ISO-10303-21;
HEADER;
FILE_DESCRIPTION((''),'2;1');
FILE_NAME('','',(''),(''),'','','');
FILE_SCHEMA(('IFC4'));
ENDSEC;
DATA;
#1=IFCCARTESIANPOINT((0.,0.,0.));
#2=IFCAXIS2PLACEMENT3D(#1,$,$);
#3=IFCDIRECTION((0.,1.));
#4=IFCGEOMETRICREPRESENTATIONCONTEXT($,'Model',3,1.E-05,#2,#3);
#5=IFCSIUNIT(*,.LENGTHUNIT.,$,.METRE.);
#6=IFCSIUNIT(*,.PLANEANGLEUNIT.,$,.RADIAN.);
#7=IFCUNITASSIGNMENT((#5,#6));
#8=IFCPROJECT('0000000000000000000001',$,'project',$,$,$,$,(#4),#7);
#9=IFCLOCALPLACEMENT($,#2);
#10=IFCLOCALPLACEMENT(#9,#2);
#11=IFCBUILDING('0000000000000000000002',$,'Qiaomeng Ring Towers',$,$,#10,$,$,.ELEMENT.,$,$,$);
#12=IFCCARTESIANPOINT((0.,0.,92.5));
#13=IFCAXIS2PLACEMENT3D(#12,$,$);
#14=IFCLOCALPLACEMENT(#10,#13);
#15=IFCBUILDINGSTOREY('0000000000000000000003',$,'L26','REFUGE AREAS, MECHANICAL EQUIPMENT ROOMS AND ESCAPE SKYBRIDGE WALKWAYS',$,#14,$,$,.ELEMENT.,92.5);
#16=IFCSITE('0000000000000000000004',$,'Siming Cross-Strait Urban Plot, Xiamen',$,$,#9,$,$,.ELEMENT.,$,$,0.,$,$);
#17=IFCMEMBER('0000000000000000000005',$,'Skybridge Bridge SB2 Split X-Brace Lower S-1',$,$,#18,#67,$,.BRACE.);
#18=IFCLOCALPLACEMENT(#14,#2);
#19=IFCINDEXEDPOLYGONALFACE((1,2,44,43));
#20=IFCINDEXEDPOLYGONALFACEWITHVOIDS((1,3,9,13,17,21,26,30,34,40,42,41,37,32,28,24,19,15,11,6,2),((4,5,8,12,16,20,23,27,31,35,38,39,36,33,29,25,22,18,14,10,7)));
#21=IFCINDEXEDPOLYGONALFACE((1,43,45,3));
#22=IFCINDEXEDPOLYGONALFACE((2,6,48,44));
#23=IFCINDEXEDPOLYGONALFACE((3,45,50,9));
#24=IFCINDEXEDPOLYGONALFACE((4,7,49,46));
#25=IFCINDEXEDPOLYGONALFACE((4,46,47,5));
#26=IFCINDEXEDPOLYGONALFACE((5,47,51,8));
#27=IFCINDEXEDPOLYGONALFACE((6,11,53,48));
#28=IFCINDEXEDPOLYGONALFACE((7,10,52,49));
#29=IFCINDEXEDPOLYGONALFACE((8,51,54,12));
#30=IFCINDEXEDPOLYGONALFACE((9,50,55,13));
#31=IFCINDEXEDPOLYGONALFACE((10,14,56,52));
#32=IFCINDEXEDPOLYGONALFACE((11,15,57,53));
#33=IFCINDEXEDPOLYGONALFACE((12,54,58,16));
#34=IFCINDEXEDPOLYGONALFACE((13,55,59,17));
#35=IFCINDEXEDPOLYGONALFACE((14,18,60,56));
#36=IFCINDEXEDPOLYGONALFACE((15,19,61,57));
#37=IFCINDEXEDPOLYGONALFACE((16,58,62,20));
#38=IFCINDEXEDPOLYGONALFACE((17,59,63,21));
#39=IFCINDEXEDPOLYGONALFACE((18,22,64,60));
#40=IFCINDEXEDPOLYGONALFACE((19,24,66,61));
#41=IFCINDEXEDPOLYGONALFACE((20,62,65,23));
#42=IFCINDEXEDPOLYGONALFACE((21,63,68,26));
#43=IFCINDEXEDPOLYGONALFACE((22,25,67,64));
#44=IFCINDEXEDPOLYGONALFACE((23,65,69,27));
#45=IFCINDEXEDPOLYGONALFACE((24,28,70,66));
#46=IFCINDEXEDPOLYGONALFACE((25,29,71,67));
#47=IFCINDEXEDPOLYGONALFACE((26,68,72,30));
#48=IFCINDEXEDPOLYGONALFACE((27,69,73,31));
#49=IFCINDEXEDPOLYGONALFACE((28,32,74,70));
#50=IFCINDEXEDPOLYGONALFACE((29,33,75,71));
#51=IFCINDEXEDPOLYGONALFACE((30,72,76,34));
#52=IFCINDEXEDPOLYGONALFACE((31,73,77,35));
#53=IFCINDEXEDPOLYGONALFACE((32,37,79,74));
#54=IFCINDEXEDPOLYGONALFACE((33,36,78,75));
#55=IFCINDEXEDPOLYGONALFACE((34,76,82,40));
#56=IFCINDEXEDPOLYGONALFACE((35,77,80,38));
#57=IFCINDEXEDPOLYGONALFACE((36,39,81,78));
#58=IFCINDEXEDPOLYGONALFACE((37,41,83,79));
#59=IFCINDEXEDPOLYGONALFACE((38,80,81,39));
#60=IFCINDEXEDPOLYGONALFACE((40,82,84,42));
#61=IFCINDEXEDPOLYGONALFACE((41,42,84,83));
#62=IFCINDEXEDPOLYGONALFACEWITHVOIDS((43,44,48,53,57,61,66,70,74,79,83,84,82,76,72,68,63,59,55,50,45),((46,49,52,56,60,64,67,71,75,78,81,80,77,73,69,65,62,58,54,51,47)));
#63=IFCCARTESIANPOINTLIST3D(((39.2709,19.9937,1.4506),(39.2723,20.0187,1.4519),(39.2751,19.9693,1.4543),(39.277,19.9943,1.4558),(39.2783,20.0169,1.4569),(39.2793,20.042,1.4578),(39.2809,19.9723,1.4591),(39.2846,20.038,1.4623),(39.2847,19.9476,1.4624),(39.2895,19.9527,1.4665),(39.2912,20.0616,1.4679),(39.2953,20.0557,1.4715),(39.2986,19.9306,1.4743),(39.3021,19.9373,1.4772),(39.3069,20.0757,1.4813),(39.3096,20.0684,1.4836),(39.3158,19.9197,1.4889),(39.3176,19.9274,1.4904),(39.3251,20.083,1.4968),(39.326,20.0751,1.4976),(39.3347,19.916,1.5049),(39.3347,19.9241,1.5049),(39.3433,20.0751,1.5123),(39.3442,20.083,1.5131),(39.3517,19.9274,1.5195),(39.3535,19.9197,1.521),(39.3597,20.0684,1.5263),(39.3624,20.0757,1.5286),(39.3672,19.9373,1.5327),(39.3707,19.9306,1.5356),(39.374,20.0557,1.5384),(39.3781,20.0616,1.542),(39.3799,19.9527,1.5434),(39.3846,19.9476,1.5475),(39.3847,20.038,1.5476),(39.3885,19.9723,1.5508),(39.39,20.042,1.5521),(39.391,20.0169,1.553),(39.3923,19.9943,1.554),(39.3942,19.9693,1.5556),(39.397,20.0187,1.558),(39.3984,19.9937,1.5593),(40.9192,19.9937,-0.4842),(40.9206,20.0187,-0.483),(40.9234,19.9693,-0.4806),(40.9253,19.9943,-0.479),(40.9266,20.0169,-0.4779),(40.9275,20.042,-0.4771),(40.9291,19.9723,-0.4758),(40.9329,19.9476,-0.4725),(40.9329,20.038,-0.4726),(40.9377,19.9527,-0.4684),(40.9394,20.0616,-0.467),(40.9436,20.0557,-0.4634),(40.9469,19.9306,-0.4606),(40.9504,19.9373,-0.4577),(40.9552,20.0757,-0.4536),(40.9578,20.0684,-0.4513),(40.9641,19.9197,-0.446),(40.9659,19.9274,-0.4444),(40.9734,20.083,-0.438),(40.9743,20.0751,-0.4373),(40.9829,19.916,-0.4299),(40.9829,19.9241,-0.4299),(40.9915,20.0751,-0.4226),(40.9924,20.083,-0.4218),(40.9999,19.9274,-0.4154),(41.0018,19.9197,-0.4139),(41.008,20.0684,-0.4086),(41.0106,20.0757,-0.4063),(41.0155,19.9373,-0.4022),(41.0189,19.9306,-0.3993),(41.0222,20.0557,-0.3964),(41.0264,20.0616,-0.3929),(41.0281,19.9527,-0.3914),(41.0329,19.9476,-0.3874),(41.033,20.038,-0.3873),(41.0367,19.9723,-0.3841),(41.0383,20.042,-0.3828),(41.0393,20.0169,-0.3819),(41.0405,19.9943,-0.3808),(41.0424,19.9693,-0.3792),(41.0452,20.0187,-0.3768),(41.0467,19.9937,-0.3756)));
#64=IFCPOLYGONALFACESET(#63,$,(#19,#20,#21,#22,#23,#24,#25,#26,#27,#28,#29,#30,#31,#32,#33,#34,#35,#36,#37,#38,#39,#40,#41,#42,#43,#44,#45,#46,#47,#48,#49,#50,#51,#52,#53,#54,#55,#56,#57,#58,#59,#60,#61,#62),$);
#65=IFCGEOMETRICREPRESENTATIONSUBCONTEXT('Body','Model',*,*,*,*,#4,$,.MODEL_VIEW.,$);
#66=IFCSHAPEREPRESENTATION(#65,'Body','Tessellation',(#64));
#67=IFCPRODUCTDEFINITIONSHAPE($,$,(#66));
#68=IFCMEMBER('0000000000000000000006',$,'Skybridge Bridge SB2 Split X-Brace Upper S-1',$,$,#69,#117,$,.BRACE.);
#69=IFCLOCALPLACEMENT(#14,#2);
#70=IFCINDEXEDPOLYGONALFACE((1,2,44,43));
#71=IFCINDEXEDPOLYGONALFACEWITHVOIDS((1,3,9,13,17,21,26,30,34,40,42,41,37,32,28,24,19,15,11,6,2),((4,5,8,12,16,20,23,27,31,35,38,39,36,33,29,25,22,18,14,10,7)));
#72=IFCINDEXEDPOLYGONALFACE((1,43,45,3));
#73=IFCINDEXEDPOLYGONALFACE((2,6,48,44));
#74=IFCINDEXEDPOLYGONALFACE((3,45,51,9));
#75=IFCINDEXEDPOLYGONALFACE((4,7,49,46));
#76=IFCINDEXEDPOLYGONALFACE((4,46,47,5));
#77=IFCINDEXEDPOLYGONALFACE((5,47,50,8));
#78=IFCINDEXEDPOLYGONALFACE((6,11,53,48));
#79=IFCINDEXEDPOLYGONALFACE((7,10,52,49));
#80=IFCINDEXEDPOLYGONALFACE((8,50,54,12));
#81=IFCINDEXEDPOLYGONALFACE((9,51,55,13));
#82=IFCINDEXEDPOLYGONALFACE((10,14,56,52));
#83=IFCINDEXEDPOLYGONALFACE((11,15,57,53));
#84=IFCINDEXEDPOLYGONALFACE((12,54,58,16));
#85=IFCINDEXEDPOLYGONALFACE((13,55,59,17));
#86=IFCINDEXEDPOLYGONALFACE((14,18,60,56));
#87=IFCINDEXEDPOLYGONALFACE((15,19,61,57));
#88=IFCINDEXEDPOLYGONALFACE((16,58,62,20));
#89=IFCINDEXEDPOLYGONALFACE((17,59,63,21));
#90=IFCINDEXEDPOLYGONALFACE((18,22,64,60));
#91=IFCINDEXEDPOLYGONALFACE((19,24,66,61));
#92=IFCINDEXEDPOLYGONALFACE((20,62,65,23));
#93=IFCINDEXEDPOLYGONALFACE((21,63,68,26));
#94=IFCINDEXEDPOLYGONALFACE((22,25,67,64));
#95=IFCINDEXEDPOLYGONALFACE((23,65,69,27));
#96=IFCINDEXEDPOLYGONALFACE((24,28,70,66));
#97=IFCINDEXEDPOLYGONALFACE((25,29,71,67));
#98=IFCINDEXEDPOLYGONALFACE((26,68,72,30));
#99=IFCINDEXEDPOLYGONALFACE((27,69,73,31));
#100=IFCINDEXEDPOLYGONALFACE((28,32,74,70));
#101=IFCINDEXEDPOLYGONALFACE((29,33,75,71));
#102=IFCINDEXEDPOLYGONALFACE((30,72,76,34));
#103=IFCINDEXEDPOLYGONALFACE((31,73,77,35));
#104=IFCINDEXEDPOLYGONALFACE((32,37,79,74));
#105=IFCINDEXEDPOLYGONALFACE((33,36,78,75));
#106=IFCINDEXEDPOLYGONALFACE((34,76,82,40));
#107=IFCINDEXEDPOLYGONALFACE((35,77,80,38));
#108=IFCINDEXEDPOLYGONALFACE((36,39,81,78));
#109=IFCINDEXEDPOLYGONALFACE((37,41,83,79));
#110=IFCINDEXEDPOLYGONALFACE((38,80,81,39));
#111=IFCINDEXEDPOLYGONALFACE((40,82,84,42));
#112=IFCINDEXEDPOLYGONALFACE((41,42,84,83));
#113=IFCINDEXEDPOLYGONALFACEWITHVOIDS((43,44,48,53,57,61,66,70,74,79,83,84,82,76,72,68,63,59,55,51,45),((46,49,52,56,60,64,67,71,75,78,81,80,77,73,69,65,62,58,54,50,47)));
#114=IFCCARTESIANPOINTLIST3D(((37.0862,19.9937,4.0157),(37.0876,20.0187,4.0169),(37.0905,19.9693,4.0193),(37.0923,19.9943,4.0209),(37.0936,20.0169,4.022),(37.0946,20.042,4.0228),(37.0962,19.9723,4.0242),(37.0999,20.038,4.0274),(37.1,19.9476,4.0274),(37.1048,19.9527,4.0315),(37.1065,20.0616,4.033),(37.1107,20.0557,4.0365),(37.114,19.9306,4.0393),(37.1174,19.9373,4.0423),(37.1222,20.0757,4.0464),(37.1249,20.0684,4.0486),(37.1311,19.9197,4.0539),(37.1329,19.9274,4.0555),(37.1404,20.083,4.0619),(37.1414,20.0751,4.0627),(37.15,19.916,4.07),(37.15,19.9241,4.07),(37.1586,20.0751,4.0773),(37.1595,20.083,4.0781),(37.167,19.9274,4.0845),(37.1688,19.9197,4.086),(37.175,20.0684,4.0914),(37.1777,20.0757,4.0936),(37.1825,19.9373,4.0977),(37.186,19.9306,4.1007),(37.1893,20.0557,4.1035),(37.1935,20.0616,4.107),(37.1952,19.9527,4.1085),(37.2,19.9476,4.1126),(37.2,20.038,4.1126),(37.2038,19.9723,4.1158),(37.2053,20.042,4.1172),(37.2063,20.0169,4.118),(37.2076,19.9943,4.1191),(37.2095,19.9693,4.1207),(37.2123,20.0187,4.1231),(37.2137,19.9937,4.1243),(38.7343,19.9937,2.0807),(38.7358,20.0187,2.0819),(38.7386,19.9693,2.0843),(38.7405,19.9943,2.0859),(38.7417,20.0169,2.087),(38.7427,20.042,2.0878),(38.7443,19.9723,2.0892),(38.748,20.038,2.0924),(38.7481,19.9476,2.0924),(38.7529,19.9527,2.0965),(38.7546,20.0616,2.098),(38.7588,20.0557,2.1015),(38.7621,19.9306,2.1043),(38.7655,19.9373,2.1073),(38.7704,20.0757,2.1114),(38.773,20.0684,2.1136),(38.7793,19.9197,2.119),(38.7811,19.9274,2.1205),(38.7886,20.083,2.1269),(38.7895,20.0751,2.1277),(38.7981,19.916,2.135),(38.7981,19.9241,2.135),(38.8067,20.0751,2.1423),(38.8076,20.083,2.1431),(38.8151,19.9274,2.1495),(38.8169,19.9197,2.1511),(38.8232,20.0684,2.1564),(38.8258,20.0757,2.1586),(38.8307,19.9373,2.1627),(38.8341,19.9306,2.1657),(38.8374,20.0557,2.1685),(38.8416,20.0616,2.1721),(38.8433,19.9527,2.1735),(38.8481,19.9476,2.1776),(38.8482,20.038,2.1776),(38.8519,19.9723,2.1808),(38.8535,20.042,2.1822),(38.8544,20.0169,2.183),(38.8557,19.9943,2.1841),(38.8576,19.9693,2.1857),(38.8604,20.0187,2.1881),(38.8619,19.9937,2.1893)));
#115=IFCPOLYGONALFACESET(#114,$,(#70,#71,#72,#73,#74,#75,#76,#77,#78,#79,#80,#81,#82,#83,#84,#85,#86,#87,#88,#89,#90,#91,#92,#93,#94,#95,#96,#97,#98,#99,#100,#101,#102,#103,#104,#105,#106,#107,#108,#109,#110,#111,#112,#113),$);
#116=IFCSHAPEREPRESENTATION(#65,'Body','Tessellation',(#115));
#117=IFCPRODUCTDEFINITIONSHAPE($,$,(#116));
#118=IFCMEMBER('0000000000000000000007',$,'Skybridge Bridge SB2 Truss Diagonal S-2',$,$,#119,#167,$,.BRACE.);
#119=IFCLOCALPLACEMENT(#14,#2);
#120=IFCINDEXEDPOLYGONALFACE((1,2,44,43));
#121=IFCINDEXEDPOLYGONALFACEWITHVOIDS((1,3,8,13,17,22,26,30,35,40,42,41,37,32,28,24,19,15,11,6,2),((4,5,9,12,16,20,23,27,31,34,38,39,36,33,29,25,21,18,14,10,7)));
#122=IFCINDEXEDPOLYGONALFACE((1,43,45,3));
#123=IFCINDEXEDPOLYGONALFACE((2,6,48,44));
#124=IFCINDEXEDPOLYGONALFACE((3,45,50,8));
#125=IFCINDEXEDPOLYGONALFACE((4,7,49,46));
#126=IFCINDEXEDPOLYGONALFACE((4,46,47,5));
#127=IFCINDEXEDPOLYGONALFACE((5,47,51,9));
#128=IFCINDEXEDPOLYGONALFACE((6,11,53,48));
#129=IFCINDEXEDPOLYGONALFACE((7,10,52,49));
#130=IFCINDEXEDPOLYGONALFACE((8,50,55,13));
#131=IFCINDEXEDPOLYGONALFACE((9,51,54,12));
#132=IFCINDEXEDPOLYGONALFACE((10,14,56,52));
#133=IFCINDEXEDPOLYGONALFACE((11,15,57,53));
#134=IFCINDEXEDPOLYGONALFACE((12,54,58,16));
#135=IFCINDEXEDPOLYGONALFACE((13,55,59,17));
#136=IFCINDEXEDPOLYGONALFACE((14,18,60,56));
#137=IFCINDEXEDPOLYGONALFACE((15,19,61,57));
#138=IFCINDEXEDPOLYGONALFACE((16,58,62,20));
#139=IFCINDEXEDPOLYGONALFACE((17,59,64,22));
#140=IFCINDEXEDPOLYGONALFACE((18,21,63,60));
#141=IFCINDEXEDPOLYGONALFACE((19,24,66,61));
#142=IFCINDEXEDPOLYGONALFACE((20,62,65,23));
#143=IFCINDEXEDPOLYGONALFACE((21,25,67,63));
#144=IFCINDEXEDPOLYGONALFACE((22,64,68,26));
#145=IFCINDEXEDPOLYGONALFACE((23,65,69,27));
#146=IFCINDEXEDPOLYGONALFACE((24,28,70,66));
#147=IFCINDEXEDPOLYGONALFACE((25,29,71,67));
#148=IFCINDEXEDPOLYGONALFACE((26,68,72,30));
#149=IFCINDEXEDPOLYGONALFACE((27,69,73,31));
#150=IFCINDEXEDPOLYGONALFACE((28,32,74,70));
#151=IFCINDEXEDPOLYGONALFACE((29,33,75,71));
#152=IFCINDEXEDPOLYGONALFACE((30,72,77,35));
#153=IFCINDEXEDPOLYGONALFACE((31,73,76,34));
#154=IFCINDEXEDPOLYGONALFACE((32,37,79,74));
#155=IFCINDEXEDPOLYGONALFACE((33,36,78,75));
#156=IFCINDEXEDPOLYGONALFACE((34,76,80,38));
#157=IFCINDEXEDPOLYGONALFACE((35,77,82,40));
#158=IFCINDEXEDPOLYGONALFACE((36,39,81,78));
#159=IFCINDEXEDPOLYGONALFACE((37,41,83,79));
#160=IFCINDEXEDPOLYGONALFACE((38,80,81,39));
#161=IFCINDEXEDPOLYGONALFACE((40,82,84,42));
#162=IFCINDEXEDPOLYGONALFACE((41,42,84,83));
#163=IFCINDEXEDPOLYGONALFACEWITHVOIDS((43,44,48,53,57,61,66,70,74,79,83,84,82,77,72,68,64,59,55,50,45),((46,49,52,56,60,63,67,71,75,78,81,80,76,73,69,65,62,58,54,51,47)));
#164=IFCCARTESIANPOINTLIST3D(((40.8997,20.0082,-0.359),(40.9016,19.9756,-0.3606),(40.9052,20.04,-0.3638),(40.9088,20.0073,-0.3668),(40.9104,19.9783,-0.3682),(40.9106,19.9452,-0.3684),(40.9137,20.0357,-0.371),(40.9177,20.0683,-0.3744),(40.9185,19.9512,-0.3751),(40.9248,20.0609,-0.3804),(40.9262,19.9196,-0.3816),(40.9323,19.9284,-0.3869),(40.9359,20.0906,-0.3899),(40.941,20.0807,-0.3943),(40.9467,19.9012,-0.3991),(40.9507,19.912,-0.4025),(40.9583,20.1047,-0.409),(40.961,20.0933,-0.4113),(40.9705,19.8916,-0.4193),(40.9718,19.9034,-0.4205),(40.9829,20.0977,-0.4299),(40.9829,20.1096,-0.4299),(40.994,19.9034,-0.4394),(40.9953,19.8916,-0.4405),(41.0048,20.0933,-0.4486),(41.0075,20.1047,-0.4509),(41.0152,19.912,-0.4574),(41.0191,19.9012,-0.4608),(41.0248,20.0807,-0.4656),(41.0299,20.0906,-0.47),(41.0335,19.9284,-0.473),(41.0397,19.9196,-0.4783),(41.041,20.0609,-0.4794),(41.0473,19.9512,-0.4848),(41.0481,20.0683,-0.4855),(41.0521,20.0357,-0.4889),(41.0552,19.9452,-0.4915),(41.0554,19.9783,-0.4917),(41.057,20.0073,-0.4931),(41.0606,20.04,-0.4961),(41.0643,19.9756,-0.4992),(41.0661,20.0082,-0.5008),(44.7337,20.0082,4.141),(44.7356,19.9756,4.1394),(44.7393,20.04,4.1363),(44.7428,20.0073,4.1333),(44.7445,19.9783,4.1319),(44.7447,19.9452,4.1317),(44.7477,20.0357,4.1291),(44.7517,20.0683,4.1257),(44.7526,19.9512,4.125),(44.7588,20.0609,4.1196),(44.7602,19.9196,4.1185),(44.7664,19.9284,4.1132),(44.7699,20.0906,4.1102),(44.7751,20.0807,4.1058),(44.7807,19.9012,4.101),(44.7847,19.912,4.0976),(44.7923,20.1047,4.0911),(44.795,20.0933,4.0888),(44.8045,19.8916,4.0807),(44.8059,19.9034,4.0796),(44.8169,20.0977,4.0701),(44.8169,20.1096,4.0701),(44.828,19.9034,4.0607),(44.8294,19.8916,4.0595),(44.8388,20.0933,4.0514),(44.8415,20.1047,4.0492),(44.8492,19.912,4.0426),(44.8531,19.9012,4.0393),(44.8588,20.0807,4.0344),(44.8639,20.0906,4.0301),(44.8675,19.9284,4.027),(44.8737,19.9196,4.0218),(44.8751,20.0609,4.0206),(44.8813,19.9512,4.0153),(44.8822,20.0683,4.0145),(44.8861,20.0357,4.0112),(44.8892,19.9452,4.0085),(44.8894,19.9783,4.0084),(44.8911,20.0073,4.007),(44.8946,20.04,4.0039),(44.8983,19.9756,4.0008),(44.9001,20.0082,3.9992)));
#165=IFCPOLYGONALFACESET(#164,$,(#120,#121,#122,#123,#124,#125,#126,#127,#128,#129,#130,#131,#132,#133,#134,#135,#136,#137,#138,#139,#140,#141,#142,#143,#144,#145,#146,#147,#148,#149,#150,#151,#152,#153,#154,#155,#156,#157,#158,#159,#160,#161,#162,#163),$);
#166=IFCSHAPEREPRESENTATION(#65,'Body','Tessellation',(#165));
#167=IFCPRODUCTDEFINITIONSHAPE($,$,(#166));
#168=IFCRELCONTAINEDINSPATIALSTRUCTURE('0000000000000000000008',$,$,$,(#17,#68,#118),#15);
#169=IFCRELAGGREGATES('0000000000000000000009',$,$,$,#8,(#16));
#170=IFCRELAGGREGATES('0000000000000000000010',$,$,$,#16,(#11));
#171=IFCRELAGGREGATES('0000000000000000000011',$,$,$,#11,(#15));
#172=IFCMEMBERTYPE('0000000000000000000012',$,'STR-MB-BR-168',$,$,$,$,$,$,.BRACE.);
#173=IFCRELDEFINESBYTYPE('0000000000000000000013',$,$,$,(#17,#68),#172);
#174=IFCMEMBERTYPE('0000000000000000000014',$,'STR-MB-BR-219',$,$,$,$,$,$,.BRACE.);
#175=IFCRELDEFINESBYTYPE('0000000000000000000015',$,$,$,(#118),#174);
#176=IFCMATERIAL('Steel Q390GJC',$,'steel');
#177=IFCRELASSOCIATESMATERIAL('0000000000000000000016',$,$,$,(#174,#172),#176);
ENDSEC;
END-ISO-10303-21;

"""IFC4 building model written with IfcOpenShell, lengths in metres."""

from ifc_helpers import new_model, si_unit, direction, frame, origin, origin_2d, place, context, subcontext, project, spatial, hollow_circle, extrude, source, transform, mapped, material, material_profile, profile_set, type_object, element, save


model = new_model("IFC4")

# Units and contexts
model_context = context("Model", 3, precision=1e-05, world=origin(), true_north=direction((0.0, 1.0)))
body_context = subcontext(model_context, "Body", "Model", "MODEL_VIEW")
ifc_project = project(units=[si_unit("LENGTHUNIT", "METRE"), si_unit("PLANEANGLEUNIT", "RADIAN")], contexts=[model_context])

# Site, building, storey
site_placement = place(None, origin())
site = spatial("IfcSite", under=ifc_project, at=site_placement, Name="Siming Cross-Strait Urban Plot, Xiamen", CompositionType="ELEMENT", RefElevation=0.0)
building_placement = place(site_placement, origin())
building = spatial("IfcBuilding", under=site, at=building_placement, Name="Qiaomeng Ring Towers", CompositionType="ELEMENT")
storey_placement = place(building_placement, frame((0.0, 0.0, 92.5)))
storey = spatial("IfcBuildingStorey", under=building, at=storey_placement, Name="L26", Description="REFUGE AREAS, MECHANICAL EQUIPMENT ROOMS AND ESCAPE SKYBRIDGE WALKWAYS", CompositionType="ELEMENT", Elevation=92.5)

# Shared definitions
ifc_material_1 = material(Name="Steel Q390GJC", Category="steel")

# Members
ifc_material_profile_1 = material_profile(ifc_material_1, hollow_circle(Radius=0.1096, WallThickness=0.012, at=origin_2d()), Name="CHS 219x12")
ifc_profile_set_1 = profile_set([ifc_material_profile_1], Name="Steel Q390GJC")
member_type_1 = type_object("IfcMemberType", Name="STR-MB-BR-219", PredefinedType="BRACE", material=ifc_profile_set_1)
ifc_material_profile_2 = material_profile(ifc_material_1, hollow_circle(Radius=0.084, WallThickness=0.0081, at=origin_2d()), Name="CHS 168x8")
ifc_profile_set_2 = profile_set([ifc_material_profile_2], Name="Steel Q390GJC")
member_type_2 = type_object("IfcMemberType", Name="STR-MB-BR-168", PredefinedType="BRACE", material=ifc_profile_set_2)
shared_shape_1 = source(origin(), body_context, "Body", "SweptSolid", [
    extrude(hollow_circle(Radius=0.084, WallThickness=0.0081, at=origin_2d()), origin(), (0.0, 0.0, 1.0), 2.5417),
])
for number, where, z_axis, x_axis, name in (
    (1, (40.9829, 20.0, -0.4299), (-0.648471, 0.0, 0.76124), (0.0, -1.0, 0.0), "Skybridge Bridge SB2 Split X-Brace Lower S-1"),
    (2, (38.7981, 20.0, 2.135), (-0.648423, 0.0, 0.76128), (0.0, -1.0, 0.0), "Skybridge Bridge SB2 Split X-Brace Upper S-1"),
):
    element("IfcMember", number, at=place(storey_placement, frame(where, z_axis=z_axis, x_axis=x_axis)), inside=storey, type_object=member_type_2, Name=name, PredefinedType="BRACE", context=body_context, shape_type="MappedRepresentation", body=[
        mapped(shared_shape_1, transform((0.0, 0.0, 0.0), x_axis=(1.0, 0.0, 0.0), y_axis=(0.0, 1.0, 0.0), z_axis=(0.0, 0.0, 1.0), scale=1.0)),
    ])
shared_shape_2 = source(origin(), body_context, "Body", "SweptSolid", [
    extrude(hollow_circle(Radius=0.1096, WallThickness=0.012, at=origin_2d()), origin(), (0.0, 0.0, 1.0), 5.9119),
])
member_1_placement = place(storey_placement, frame((40.9829, 20.0, -0.4299), z_axis=(0.64853, 0.0, 0.761189), x_axis=(0.0, 1.0, 0.0)))
element("IfcMember", 3, at=member_1_placement, inside=storey, type_object=member_type_1, Name="Skybridge Bridge SB2 Truss Diagonal S-2", PredefinedType="BRACE", context=body_context, shape_type="MappedRepresentation", body=[
    mapped(shared_shape_2, transform((0.0, 0.0, 0.0), x_axis=(1.0, 0.0, 0.0), y_axis=(0.0, 1.0, 0.0), z_axis=(0.0, 0.0, 1.0), scale=1.0)),
])

save(model, "model.ifc")
